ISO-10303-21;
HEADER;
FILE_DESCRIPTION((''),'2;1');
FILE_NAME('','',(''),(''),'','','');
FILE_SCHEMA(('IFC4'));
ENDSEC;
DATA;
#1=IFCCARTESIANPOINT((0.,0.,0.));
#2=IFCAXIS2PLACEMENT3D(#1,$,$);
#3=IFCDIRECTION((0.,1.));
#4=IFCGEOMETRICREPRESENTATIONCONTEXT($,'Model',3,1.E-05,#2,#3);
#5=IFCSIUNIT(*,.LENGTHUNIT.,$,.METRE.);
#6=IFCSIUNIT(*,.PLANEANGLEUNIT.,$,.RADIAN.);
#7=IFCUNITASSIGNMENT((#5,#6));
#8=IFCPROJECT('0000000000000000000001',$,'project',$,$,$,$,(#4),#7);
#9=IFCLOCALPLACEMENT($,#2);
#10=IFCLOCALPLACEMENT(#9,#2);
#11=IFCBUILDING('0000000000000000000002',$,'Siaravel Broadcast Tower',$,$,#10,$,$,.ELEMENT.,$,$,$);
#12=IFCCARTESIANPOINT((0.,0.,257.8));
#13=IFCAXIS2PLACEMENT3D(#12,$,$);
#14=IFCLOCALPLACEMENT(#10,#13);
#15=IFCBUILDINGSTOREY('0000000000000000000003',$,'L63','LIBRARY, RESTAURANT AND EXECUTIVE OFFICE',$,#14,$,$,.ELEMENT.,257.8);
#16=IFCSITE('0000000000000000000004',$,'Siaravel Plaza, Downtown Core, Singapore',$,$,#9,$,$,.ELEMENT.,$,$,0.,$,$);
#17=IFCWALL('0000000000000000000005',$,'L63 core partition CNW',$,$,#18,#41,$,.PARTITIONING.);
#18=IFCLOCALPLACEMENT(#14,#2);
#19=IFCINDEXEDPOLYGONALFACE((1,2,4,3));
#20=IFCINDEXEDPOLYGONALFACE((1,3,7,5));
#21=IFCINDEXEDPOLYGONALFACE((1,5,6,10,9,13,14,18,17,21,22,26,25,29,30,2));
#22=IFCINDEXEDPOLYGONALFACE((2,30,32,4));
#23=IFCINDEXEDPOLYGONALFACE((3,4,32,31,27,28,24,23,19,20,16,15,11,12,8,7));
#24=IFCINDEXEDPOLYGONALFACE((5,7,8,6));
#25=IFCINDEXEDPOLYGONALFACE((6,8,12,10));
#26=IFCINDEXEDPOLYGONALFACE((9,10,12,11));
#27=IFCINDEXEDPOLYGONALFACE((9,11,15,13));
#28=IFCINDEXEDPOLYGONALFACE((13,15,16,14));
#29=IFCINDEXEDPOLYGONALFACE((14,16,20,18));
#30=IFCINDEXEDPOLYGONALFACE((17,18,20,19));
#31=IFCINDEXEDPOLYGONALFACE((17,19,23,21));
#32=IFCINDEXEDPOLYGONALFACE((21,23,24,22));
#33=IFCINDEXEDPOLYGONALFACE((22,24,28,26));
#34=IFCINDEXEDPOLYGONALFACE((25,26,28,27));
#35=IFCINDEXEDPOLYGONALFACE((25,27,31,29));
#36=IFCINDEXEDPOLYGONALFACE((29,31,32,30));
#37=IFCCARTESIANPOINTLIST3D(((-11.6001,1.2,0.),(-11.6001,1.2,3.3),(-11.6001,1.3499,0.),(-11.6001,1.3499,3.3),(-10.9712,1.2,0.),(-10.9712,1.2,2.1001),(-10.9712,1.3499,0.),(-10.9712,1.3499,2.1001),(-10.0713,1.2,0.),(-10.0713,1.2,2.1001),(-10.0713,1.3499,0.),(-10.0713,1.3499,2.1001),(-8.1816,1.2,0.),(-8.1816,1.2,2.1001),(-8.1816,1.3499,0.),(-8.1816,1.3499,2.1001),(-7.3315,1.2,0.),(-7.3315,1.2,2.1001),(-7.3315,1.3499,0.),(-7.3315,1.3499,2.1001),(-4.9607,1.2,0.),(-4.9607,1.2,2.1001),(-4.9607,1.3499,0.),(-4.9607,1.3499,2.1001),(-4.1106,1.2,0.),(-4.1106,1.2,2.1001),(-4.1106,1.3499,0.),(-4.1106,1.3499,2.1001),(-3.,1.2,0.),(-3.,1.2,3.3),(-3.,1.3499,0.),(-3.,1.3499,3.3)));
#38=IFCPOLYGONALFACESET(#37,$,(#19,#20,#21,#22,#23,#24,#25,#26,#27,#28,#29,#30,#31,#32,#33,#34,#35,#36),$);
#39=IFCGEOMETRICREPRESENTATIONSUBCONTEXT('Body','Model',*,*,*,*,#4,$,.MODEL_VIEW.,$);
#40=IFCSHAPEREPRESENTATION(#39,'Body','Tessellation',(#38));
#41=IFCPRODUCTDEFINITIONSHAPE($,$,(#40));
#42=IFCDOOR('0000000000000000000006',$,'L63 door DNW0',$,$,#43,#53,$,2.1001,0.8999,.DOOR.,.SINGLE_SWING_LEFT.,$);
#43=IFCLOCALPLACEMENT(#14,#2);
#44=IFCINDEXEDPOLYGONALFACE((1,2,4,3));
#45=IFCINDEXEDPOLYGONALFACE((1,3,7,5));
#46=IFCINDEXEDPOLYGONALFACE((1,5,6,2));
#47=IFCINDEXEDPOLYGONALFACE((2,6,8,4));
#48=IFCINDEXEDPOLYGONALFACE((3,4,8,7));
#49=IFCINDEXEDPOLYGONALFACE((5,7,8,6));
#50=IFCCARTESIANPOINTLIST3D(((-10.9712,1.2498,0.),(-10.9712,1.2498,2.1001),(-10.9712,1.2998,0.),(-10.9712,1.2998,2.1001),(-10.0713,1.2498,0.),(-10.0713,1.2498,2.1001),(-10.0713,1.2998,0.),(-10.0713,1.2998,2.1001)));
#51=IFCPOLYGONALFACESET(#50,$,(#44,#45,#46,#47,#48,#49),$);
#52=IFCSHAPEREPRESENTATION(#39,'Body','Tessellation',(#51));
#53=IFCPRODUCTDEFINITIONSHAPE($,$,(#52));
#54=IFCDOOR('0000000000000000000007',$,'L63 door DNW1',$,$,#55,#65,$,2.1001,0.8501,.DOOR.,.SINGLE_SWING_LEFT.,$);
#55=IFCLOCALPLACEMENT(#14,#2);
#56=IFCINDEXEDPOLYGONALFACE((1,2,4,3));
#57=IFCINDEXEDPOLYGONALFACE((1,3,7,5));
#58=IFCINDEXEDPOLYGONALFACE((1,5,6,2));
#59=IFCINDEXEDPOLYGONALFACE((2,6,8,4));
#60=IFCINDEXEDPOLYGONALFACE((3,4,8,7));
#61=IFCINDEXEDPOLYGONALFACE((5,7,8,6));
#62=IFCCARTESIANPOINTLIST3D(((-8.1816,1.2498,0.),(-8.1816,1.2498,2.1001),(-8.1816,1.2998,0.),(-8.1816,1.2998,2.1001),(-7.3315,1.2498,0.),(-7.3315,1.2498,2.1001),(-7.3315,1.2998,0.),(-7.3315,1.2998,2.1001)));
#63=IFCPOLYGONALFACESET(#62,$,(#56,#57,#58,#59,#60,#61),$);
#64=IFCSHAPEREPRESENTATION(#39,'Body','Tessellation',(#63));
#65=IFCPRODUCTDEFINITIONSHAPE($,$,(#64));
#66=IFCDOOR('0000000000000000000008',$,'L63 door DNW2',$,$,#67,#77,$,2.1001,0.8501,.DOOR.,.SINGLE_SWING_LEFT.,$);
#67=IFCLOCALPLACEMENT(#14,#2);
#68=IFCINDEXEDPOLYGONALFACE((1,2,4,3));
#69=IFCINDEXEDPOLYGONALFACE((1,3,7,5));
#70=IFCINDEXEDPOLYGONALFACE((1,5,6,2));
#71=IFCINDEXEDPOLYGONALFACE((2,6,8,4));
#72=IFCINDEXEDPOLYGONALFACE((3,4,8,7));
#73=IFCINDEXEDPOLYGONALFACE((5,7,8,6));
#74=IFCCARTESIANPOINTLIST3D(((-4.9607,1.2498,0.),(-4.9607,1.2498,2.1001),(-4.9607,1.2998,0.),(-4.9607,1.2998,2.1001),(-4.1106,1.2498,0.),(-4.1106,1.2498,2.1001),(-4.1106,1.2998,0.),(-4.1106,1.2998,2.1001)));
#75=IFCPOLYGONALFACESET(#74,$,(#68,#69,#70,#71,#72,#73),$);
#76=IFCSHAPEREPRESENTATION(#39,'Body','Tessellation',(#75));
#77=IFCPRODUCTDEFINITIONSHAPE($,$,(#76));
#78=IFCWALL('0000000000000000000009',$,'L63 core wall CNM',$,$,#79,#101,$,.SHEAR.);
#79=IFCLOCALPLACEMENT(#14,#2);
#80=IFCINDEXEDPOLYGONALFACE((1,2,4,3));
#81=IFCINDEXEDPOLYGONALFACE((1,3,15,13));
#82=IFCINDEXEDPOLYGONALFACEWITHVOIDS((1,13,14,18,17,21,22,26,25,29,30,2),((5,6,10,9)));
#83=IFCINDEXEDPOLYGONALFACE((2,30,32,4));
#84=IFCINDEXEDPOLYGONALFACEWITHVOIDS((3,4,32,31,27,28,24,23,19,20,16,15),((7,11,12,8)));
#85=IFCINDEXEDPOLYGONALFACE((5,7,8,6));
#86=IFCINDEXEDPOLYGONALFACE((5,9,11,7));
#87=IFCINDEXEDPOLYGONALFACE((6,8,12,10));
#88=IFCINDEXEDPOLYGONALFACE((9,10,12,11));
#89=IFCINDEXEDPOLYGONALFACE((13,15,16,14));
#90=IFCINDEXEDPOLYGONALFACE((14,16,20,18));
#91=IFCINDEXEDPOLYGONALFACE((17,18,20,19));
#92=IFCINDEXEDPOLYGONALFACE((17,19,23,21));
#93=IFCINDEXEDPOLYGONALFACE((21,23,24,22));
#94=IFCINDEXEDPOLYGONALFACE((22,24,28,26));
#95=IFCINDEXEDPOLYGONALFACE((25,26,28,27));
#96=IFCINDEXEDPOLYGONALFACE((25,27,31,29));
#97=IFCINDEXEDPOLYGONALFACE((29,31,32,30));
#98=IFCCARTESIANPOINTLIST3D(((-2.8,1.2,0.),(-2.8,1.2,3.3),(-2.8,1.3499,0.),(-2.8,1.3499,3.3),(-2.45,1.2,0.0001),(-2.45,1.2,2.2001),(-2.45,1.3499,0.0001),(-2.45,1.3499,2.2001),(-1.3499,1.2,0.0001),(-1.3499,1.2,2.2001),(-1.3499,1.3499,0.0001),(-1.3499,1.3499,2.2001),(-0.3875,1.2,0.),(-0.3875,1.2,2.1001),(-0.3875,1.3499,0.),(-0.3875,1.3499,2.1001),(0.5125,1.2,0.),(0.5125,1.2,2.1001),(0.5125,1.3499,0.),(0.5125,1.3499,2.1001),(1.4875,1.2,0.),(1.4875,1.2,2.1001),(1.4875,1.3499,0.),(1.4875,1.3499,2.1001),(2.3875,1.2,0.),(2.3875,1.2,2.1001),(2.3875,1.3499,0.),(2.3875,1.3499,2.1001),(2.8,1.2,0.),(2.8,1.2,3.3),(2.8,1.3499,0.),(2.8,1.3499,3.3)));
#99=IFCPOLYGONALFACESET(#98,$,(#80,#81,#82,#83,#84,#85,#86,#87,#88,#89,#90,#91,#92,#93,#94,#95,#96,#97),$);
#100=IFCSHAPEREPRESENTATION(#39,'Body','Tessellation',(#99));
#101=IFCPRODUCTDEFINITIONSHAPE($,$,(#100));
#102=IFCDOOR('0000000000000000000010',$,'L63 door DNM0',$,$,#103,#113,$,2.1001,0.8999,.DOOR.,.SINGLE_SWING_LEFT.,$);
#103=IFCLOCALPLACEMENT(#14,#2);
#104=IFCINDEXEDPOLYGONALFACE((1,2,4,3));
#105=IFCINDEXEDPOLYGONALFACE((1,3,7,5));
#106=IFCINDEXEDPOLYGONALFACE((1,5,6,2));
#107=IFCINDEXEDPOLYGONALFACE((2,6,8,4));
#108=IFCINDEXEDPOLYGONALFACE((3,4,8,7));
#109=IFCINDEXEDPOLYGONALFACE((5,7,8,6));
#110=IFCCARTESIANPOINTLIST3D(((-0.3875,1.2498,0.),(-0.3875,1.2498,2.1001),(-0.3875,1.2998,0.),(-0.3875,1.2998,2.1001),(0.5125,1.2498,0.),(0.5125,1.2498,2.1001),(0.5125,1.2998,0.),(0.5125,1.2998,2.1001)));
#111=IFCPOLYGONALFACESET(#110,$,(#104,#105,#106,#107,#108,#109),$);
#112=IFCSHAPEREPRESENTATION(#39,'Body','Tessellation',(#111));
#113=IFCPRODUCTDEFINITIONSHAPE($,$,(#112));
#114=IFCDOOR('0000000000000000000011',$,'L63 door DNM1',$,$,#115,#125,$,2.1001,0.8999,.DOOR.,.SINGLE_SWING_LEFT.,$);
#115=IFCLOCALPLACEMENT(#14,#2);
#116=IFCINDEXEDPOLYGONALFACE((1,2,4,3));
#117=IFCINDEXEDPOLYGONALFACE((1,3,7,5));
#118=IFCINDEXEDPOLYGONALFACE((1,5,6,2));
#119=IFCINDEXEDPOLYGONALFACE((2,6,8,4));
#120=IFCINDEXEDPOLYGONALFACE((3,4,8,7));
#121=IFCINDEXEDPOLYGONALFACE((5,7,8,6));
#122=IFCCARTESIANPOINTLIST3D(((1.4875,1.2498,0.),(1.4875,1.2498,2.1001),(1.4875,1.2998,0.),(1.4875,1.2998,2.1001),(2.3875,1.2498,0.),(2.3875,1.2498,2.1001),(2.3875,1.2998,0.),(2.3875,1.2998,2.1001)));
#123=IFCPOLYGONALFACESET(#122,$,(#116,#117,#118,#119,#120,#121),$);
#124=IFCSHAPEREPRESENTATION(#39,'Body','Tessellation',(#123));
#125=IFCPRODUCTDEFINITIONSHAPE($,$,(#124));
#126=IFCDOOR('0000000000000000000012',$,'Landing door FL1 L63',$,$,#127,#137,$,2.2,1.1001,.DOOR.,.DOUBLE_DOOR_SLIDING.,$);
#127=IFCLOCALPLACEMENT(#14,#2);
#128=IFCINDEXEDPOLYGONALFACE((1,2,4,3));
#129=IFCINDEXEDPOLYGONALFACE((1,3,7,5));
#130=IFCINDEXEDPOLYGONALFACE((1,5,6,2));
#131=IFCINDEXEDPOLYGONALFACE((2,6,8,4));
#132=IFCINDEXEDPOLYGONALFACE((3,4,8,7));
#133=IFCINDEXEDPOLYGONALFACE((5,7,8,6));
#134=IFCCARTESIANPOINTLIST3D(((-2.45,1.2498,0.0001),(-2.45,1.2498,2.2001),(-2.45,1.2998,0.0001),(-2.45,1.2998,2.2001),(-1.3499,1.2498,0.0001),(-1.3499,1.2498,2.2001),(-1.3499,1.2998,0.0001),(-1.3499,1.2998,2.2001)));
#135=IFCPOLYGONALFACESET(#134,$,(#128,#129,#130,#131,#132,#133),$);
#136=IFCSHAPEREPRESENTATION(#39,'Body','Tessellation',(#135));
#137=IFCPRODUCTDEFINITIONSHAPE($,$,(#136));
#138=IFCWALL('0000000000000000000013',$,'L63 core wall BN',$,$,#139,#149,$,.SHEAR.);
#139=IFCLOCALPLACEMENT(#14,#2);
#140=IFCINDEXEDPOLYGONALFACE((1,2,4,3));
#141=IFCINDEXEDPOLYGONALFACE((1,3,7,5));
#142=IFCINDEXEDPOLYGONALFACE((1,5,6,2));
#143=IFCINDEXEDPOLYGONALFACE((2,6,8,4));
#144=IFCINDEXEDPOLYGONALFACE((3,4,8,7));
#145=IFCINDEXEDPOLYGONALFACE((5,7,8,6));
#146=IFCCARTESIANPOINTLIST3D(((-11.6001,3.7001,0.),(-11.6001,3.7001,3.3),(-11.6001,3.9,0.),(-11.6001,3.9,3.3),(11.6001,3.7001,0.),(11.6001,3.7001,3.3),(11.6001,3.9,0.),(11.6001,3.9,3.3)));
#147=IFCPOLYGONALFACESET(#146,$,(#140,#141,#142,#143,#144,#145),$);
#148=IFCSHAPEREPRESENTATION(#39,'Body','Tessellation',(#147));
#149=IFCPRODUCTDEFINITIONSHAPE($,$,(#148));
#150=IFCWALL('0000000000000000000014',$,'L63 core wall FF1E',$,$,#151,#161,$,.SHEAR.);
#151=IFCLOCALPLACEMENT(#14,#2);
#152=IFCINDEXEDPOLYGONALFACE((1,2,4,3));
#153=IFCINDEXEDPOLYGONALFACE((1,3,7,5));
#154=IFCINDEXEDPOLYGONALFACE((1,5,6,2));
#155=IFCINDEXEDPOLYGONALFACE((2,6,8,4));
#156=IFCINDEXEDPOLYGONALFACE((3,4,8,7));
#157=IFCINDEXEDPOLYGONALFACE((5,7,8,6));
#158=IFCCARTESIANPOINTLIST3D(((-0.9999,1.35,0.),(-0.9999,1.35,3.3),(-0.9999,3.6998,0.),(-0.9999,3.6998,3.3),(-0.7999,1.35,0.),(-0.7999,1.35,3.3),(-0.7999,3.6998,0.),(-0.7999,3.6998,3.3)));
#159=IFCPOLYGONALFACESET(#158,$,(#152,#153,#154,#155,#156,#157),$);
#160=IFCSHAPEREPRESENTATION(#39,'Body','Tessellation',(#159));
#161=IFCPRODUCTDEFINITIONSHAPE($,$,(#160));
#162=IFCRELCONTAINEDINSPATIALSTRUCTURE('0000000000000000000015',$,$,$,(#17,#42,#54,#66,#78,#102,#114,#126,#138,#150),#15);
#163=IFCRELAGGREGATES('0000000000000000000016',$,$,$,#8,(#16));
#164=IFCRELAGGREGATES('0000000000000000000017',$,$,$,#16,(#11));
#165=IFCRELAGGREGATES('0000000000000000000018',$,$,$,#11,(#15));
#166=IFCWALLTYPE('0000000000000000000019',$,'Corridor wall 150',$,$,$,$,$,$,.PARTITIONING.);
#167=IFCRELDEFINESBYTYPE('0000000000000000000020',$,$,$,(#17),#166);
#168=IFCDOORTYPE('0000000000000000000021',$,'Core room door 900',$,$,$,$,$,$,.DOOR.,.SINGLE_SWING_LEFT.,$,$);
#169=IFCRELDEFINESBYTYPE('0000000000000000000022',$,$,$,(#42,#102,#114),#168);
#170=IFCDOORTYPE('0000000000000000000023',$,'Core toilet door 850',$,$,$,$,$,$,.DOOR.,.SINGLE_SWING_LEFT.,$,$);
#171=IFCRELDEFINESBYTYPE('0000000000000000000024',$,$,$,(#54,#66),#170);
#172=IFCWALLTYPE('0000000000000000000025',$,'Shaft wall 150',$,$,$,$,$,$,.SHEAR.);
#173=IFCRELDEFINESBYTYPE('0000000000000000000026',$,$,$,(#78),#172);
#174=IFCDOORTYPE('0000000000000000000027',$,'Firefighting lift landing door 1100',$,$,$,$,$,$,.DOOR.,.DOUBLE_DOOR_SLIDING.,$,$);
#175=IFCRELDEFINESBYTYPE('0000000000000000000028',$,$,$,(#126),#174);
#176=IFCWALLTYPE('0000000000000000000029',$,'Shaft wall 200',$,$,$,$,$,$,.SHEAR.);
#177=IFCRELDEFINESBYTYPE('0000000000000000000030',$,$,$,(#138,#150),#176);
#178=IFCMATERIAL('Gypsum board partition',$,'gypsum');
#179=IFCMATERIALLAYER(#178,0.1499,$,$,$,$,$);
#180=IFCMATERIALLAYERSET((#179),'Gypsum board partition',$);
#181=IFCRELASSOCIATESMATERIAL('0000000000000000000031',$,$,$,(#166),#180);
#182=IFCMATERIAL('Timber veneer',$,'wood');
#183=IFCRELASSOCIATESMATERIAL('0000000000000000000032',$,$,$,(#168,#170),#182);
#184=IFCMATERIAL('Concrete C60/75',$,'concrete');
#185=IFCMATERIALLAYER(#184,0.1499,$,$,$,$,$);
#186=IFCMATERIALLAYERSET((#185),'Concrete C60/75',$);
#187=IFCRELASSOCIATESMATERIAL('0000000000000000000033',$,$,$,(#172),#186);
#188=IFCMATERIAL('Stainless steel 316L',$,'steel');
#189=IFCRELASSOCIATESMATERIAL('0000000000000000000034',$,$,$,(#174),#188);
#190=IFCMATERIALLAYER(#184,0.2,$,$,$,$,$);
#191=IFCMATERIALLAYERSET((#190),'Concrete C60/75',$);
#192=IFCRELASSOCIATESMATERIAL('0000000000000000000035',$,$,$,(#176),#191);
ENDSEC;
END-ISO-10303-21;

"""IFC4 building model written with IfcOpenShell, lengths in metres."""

from ifc_helpers import new_model, si_unit, direction, frame, frame_2d, origin, place, context, subcontext, project, spatial, rectangle, extrude, material, layer, layer_set, type_object, element, fill, save


model = new_model("IFC4")

# Units and contexts
model_context = context("Model", 3, precision=1e-05, world=origin(), true_north=direction((0.0, 1.0)))
body_context = subcontext(model_context, "Body", "Model", "MODEL_VIEW")
ifc_project = project(units=[si_unit("LENGTHUNIT", "METRE"), si_unit("PLANEANGLEUNIT", "RADIAN")], contexts=[model_context])

# Site, building, storey
site_placement = place(None, origin())
site = spatial("IfcSite", under=ifc_project, at=site_placement, Name="Siaravel Plaza, Downtown Core, Singapore", CompositionType="ELEMENT", RefElevation=0.0)
building_placement = place(site_placement, origin())
building = spatial("IfcBuilding", under=site, at=building_placement, Name="Siaravel Broadcast Tower", CompositionType="ELEMENT")
storey_placement = place(building_placement, frame((0.0, 0.0, 257.8)))
storey = spatial("IfcBuildingStorey", under=building, at=storey_placement, Name="L63", Description="LIBRARY, RESTAURANT AND EXECUTIVE OFFICE", CompositionType="ELEMENT", Elevation=257.8)

# Walls, openings, doors
ifc_material_1 = material(Name="Gypsum board partition", Category="gypsum")
ifc_layer_1 = layer(ifc_material_1, 0.1499)
ifc_layer_set_1 = layer_set([ifc_layer_1], Name="Gypsum board partition")
wall_type_1 = type_object("IfcWallType", Name="Corridor wall 150", PredefinedType="PARTITIONING", material=ifc_layer_set_1)
wall_1_placement = place(storey_placement, frame((-11.6001, 1.2749, 0.0), z_axis=(0.0, 0.0, 1.0), x_axis=(1.0, 0.0, 0.0)))
wall_1 = element("IfcWall", 1, at=wall_1_placement, inside=storey, type_object=wall_type_1, Name="L63 core partition CNW", PredefinedType="PARTITIONING", context=body_context, shape_type="SweptSolid", body=[
    extrude(rectangle(XDim=8.6001, YDim=0.1499, at=frame_2d((4.3, 0.0))), origin(), (0.0, 0.0, 1.0), 3.3),
])
opening_1_placement = place(wall_1_placement, frame((0.6289, 0.0, 0.0)))
opening_1 = element("IfcOpeningElement", 2, at=opening_1_placement, cuts=wall_1, PredefinedType="OPENING", context=body_context, shape_type="SweptSolid", body=[
    extrude(rectangle(XDim=0.8999, YDim=2.1001, at=frame_2d((0.45, 1.05))), frame((0.0, 0.085, 0.0), z_axis=(0.0, -1.0, 0.0), x_axis=(1.0, 0.0, 0.0)), (0.0, 0.0, 1.0), 0.1699),
])
opening_2_placement = place(wall_1_placement, frame((3.4185, 0.0, 0.0)))
opening_2 = element("IfcOpeningElement", 3, at=opening_2_placement, cuts=wall_1, PredefinedType="OPENING", context=body_context, shape_type="SweptSolid", body=[
    extrude(rectangle(XDim=0.8501, YDim=2.1001, at=frame_2d((0.425, 1.05))), frame((0.0, 0.085, 0.0), z_axis=(0.0, -1.0, 0.0), x_axis=(1.0, 0.0, 0.0)), (0.0, 0.0, 1.0), 0.1699),
])
opening_3_placement = place(wall_1_placement, frame((6.6394, 0.0, 0.0)))
opening_3 = element("IfcOpeningElement", 4, at=opening_3_placement, cuts=wall_1, PredefinedType="OPENING", context=body_context, shape_type="SweptSolid", body=[
    extrude(rectangle(XDim=0.8501, YDim=2.1001, at=frame_2d((0.425, 1.05))), frame((0.0, 0.085, 0.0), z_axis=(0.0, -1.0, 0.0), x_axis=(1.0, 0.0, 0.0)), (0.0, 0.0, 1.0), 0.1699),
])
ifc_material_2 = material(Name="Timber veneer", Category="wood")
door_type_1 = type_object("IfcDoorType", Name="Core room door 900", OperationType="SINGLE_SWING_LEFT", PredefinedType="DOOR", material=ifc_material_2)
door_1_placement = place(opening_1_placement, origin())
door_1 = element("IfcDoor", 5, at=door_1_placement, inside=storey, type_object=door_type_1, Name="L63 door DNW0", OperationType="SINGLE_SWING_LEFT", OverallHeight=2.1001, OverallWidth=0.8999, PredefinedType="DOOR", context=body_context, shape_type="SweptSolid", body=[
    extrude(rectangle(XDim=0.8999, YDim=2.1001, at=frame_2d((0.45, 1.05))), frame((0.0, 0.0249, 0.0), z_axis=(0.0, -1.0, 0.0), x_axis=(1.0, 0.0, 0.0)), (0.0, 0.0, 1.0), 0.05),
])
fill(opening_1, door_1)
door_type_2 = type_object("IfcDoorType", Name="Core toilet door 850", OperationType="SINGLE_SWING_LEFT", PredefinedType="DOOR", material=ifc_material_2)
door_2_placement = place(opening_2_placement, origin())
door_2 = element("IfcDoor", 6, at=door_2_placement, inside=storey, type_object=door_type_2, Name="L63 door DNW1", OperationType="SINGLE_SWING_LEFT", OverallHeight=2.1001, OverallWidth=0.8501, PredefinedType="DOOR", context=body_context, shape_type="SweptSolid", body=[
    extrude(rectangle(XDim=0.8501, YDim=2.1001, at=frame_2d((0.425, 1.05))), frame((0.0, 0.0249, 0.0), z_axis=(0.0, -1.0, 0.0), x_axis=(1.0, 0.0, 0.0)), (0.0, 0.0, 1.0), 0.05),
])
fill(opening_2, door_2)
door_3_placement = place(opening_3_placement, origin())
door_3 = element("IfcDoor", 7, at=door_3_placement, inside=storey, type_object=door_type_2, Name="L63 door DNW2", OperationType="SINGLE_SWING_LEFT", OverallHeight=2.1001, OverallWidth=0.8501, PredefinedType="DOOR", context=body_context, shape_type="SweptSolid", body=[
    extrude(rectangle(XDim=0.8501, YDim=2.1001, at=frame_2d((0.425, 1.05))), frame((0.0, 0.0249, 0.0), z_axis=(0.0, -1.0, 0.0), x_axis=(1.0, 0.0, 0.0)), (0.0, 0.0, 1.0), 0.05),
])
fill(opening_3, door_3)
ifc_material_3 = material(Name="Concrete C60/75", Category="concrete")
ifc_layer_2 = layer(ifc_material_3, 0.1499)
ifc_layer_set_2 = layer_set([ifc_layer_2], Name="Concrete C60/75")
wall_type_2 = type_object("IfcWallType", Name="Shaft wall 150", PredefinedType="SHEAR", material=ifc_layer_set_2)
wall_2_placement = place(storey_placement, frame((-2.8, 1.2749, 0.0), z_axis=(0.0, 0.0, 1.0), x_axis=(1.0, 0.0, 0.0)))
wall_2 = element("IfcWall", 8, at=wall_2_placement, inside=storey, type_object=wall_type_2, Name="L63 core wall CNM", PredefinedType="SHEAR", context=body_context, shape_type="SweptSolid", body=[
    extrude(rectangle(XDim=5.6001, YDim=0.1499, at=frame_2d((2.8, 0.0))), origin(), (0.0, 0.0, 1.0), 3.3),
])
opening_4_placement = place(wall_2_placement, frame((0.3501, 0.0, 0.0)))
opening_4 = element("IfcOpeningElement", 9, at=opening_4_placement, cuts=wall_2, PredefinedType="OPENING", context=body_context, shape_type="SweptSolid", body=[
    extrude(rectangle(XDim=1.1001, YDim=2.2, at=frame_2d((0.55, 1.1001))), frame((0.0, 0.085, 0.0), z_axis=(0.0, -1.0, 0.0), x_axis=(1.0, 0.0, 0.0)), (0.0, 0.0, 1.0), 0.1699),
])
opening_5_placement = place(wall_2_placement, frame((2.4126, 0.0, 0.0)))
opening_5 = element("IfcOpeningElement", 10, at=opening_5_placement, cuts=wall_2, PredefinedType="OPENING", context=body_context, shape_type="SweptSolid", body=[
    extrude(rectangle(XDim=0.8999, YDim=2.1001, at=frame_2d((0.45, 1.05))), frame((0.0, 0.085, 0.0), z_axis=(0.0, -1.0, 0.0), x_axis=(1.0, 0.0, 0.0)), (0.0, 0.0, 1.0), 0.1699),
])
opening_6_placement = place(wall_2_placement, frame((4.2876, 0.0, 0.0)))
opening_6 = element("IfcOpeningElement", 11, at=opening_6_placement, cuts=wall_2, PredefinedType="OPENING", context=body_context, shape_type="SweptSolid", body=[
    extrude(rectangle(XDim=0.8999, YDim=2.1001, at=frame_2d((0.45, 1.05))), frame((0.0, 0.085, 0.0), z_axis=(0.0, -1.0, 0.0), x_axis=(1.0, 0.0, 0.0)), (0.0, 0.0, 1.0), 0.1699),
])
door_4_placement = place(opening_5_placement, origin())
door_4 = element("IfcDoor", 12, at=door_4_placement, inside=storey, type_object=door_type_1, Name="L63 door DNM0", OperationType="SINGLE_SWING_LEFT", OverallHeight=2.1001, OverallWidth=0.8999, PredefinedType="DOOR", context=body_context, shape_type="SweptSolid", body=[
    extrude(rectangle(XDim=0.8999, YDim=2.1001, at=frame_2d((0.45, 1.05))), frame((0.0, 0.0249, 0.0), z_axis=(0.0, -1.0, 0.0), x_axis=(1.0, 0.0, 0.0)), (0.0, 0.0, 1.0), 0.05),
])
fill(opening_5, door_4)
door_5_placement = place(opening_6_placement, origin())
door_5 = element("IfcDoor", 13, at=door_5_placement, inside=storey, type_object=door_type_1, Name="L63 door DNM1", OperationType="SINGLE_SWING_LEFT", OverallHeight=2.1001, OverallWidth=0.8999, PredefinedType="DOOR", context=body_context, shape_type="SweptSolid", body=[
    extrude(rectangle(XDim=0.8999, YDim=2.1001, at=frame_2d((0.45, 1.05))), frame((0.0, 0.0249, 0.0), z_axis=(0.0, -1.0, 0.0), x_axis=(1.0, 0.0, 0.0)), (0.0, 0.0, 1.0), 0.05),
])
fill(opening_6, door_5)
ifc_material_4 = material(Name="Stainless steel 316L", Category="steel")
door_type_3 = type_object("IfcDoorType", Name="Firefighting lift landing door 1100", OperationType="DOUBLE_DOOR_SLIDING", PredefinedType="DOOR", material=ifc_material_4)
door_6_placement = place(opening_4_placement, origin())
door_6 = element("IfcDoor", 14, at=door_6_placement, inside=storey, type_object=door_type_3, Name="Landing door FL1 L63", OperationType="DOUBLE_DOOR_SLIDING", OverallHeight=2.2, OverallWidth=1.1001, PredefinedType="DOOR", context=body_context, shape_type="SweptSolid", body=[
    extrude(rectangle(XDim=1.1001, YDim=2.2, at=frame_2d((0.55, 1.1001))), frame((0.0, 0.0249, 0.0), z_axis=(0.0, -1.0, 0.0), x_axis=(1.0, 0.0, 0.0)), (0.0, 0.0, 1.0), 0.05),
])
fill(opening_4, door_6)

# Walls
ifc_layer_3 = layer(ifc_material_3, 0.2)
ifc_layer_set_3 = layer_set([ifc_layer_3], Name="Concrete C60/75")
wall_type_3 = type_object("IfcWallType", Name="Shaft wall 200", PredefinedType="SHEAR", material=ifc_layer_set_3)
wall_3_placement = place(storey_placement, frame((-11.6001, 3.8, 0.0), z_axis=(0.0, 0.0, 1.0), x_axis=(1.0, 0.0, 0.0)))
element("IfcWall", 15, at=wall_3_placement, inside=storey, type_object=wall_type_3, Name="L63 core wall BN", PredefinedType="SHEAR", context=body_context, shape_type="SweptSolid", body=[
    extrude(rectangle(XDim=23.2002, YDim=0.2, at=frame_2d((11.6001, 0.0))), origin(), (0.0, 0.0, 1.0), 3.3),
])
wall_4_placement = place(storey_placement, frame((-0.8999, 1.3501, 0.0), z_axis=(0.0, 0.0, 1.0), x_axis=(0.0, 1.0, 0.0)))
element("IfcWall", 16, at=wall_4_placement, inside=storey, type_object=wall_type_3, Name="L63 core wall FF1E", PredefinedType="SHEAR", context=body_context, shape_type="SweptSolid", body=[
    extrude(rectangle(XDim=2.3499, YDim=0.2, at=frame_2d((1.1748, 0.0))), origin(), (0.0, 0.0, 1.0), 3.3),
])

save(model, "model.ifc")
